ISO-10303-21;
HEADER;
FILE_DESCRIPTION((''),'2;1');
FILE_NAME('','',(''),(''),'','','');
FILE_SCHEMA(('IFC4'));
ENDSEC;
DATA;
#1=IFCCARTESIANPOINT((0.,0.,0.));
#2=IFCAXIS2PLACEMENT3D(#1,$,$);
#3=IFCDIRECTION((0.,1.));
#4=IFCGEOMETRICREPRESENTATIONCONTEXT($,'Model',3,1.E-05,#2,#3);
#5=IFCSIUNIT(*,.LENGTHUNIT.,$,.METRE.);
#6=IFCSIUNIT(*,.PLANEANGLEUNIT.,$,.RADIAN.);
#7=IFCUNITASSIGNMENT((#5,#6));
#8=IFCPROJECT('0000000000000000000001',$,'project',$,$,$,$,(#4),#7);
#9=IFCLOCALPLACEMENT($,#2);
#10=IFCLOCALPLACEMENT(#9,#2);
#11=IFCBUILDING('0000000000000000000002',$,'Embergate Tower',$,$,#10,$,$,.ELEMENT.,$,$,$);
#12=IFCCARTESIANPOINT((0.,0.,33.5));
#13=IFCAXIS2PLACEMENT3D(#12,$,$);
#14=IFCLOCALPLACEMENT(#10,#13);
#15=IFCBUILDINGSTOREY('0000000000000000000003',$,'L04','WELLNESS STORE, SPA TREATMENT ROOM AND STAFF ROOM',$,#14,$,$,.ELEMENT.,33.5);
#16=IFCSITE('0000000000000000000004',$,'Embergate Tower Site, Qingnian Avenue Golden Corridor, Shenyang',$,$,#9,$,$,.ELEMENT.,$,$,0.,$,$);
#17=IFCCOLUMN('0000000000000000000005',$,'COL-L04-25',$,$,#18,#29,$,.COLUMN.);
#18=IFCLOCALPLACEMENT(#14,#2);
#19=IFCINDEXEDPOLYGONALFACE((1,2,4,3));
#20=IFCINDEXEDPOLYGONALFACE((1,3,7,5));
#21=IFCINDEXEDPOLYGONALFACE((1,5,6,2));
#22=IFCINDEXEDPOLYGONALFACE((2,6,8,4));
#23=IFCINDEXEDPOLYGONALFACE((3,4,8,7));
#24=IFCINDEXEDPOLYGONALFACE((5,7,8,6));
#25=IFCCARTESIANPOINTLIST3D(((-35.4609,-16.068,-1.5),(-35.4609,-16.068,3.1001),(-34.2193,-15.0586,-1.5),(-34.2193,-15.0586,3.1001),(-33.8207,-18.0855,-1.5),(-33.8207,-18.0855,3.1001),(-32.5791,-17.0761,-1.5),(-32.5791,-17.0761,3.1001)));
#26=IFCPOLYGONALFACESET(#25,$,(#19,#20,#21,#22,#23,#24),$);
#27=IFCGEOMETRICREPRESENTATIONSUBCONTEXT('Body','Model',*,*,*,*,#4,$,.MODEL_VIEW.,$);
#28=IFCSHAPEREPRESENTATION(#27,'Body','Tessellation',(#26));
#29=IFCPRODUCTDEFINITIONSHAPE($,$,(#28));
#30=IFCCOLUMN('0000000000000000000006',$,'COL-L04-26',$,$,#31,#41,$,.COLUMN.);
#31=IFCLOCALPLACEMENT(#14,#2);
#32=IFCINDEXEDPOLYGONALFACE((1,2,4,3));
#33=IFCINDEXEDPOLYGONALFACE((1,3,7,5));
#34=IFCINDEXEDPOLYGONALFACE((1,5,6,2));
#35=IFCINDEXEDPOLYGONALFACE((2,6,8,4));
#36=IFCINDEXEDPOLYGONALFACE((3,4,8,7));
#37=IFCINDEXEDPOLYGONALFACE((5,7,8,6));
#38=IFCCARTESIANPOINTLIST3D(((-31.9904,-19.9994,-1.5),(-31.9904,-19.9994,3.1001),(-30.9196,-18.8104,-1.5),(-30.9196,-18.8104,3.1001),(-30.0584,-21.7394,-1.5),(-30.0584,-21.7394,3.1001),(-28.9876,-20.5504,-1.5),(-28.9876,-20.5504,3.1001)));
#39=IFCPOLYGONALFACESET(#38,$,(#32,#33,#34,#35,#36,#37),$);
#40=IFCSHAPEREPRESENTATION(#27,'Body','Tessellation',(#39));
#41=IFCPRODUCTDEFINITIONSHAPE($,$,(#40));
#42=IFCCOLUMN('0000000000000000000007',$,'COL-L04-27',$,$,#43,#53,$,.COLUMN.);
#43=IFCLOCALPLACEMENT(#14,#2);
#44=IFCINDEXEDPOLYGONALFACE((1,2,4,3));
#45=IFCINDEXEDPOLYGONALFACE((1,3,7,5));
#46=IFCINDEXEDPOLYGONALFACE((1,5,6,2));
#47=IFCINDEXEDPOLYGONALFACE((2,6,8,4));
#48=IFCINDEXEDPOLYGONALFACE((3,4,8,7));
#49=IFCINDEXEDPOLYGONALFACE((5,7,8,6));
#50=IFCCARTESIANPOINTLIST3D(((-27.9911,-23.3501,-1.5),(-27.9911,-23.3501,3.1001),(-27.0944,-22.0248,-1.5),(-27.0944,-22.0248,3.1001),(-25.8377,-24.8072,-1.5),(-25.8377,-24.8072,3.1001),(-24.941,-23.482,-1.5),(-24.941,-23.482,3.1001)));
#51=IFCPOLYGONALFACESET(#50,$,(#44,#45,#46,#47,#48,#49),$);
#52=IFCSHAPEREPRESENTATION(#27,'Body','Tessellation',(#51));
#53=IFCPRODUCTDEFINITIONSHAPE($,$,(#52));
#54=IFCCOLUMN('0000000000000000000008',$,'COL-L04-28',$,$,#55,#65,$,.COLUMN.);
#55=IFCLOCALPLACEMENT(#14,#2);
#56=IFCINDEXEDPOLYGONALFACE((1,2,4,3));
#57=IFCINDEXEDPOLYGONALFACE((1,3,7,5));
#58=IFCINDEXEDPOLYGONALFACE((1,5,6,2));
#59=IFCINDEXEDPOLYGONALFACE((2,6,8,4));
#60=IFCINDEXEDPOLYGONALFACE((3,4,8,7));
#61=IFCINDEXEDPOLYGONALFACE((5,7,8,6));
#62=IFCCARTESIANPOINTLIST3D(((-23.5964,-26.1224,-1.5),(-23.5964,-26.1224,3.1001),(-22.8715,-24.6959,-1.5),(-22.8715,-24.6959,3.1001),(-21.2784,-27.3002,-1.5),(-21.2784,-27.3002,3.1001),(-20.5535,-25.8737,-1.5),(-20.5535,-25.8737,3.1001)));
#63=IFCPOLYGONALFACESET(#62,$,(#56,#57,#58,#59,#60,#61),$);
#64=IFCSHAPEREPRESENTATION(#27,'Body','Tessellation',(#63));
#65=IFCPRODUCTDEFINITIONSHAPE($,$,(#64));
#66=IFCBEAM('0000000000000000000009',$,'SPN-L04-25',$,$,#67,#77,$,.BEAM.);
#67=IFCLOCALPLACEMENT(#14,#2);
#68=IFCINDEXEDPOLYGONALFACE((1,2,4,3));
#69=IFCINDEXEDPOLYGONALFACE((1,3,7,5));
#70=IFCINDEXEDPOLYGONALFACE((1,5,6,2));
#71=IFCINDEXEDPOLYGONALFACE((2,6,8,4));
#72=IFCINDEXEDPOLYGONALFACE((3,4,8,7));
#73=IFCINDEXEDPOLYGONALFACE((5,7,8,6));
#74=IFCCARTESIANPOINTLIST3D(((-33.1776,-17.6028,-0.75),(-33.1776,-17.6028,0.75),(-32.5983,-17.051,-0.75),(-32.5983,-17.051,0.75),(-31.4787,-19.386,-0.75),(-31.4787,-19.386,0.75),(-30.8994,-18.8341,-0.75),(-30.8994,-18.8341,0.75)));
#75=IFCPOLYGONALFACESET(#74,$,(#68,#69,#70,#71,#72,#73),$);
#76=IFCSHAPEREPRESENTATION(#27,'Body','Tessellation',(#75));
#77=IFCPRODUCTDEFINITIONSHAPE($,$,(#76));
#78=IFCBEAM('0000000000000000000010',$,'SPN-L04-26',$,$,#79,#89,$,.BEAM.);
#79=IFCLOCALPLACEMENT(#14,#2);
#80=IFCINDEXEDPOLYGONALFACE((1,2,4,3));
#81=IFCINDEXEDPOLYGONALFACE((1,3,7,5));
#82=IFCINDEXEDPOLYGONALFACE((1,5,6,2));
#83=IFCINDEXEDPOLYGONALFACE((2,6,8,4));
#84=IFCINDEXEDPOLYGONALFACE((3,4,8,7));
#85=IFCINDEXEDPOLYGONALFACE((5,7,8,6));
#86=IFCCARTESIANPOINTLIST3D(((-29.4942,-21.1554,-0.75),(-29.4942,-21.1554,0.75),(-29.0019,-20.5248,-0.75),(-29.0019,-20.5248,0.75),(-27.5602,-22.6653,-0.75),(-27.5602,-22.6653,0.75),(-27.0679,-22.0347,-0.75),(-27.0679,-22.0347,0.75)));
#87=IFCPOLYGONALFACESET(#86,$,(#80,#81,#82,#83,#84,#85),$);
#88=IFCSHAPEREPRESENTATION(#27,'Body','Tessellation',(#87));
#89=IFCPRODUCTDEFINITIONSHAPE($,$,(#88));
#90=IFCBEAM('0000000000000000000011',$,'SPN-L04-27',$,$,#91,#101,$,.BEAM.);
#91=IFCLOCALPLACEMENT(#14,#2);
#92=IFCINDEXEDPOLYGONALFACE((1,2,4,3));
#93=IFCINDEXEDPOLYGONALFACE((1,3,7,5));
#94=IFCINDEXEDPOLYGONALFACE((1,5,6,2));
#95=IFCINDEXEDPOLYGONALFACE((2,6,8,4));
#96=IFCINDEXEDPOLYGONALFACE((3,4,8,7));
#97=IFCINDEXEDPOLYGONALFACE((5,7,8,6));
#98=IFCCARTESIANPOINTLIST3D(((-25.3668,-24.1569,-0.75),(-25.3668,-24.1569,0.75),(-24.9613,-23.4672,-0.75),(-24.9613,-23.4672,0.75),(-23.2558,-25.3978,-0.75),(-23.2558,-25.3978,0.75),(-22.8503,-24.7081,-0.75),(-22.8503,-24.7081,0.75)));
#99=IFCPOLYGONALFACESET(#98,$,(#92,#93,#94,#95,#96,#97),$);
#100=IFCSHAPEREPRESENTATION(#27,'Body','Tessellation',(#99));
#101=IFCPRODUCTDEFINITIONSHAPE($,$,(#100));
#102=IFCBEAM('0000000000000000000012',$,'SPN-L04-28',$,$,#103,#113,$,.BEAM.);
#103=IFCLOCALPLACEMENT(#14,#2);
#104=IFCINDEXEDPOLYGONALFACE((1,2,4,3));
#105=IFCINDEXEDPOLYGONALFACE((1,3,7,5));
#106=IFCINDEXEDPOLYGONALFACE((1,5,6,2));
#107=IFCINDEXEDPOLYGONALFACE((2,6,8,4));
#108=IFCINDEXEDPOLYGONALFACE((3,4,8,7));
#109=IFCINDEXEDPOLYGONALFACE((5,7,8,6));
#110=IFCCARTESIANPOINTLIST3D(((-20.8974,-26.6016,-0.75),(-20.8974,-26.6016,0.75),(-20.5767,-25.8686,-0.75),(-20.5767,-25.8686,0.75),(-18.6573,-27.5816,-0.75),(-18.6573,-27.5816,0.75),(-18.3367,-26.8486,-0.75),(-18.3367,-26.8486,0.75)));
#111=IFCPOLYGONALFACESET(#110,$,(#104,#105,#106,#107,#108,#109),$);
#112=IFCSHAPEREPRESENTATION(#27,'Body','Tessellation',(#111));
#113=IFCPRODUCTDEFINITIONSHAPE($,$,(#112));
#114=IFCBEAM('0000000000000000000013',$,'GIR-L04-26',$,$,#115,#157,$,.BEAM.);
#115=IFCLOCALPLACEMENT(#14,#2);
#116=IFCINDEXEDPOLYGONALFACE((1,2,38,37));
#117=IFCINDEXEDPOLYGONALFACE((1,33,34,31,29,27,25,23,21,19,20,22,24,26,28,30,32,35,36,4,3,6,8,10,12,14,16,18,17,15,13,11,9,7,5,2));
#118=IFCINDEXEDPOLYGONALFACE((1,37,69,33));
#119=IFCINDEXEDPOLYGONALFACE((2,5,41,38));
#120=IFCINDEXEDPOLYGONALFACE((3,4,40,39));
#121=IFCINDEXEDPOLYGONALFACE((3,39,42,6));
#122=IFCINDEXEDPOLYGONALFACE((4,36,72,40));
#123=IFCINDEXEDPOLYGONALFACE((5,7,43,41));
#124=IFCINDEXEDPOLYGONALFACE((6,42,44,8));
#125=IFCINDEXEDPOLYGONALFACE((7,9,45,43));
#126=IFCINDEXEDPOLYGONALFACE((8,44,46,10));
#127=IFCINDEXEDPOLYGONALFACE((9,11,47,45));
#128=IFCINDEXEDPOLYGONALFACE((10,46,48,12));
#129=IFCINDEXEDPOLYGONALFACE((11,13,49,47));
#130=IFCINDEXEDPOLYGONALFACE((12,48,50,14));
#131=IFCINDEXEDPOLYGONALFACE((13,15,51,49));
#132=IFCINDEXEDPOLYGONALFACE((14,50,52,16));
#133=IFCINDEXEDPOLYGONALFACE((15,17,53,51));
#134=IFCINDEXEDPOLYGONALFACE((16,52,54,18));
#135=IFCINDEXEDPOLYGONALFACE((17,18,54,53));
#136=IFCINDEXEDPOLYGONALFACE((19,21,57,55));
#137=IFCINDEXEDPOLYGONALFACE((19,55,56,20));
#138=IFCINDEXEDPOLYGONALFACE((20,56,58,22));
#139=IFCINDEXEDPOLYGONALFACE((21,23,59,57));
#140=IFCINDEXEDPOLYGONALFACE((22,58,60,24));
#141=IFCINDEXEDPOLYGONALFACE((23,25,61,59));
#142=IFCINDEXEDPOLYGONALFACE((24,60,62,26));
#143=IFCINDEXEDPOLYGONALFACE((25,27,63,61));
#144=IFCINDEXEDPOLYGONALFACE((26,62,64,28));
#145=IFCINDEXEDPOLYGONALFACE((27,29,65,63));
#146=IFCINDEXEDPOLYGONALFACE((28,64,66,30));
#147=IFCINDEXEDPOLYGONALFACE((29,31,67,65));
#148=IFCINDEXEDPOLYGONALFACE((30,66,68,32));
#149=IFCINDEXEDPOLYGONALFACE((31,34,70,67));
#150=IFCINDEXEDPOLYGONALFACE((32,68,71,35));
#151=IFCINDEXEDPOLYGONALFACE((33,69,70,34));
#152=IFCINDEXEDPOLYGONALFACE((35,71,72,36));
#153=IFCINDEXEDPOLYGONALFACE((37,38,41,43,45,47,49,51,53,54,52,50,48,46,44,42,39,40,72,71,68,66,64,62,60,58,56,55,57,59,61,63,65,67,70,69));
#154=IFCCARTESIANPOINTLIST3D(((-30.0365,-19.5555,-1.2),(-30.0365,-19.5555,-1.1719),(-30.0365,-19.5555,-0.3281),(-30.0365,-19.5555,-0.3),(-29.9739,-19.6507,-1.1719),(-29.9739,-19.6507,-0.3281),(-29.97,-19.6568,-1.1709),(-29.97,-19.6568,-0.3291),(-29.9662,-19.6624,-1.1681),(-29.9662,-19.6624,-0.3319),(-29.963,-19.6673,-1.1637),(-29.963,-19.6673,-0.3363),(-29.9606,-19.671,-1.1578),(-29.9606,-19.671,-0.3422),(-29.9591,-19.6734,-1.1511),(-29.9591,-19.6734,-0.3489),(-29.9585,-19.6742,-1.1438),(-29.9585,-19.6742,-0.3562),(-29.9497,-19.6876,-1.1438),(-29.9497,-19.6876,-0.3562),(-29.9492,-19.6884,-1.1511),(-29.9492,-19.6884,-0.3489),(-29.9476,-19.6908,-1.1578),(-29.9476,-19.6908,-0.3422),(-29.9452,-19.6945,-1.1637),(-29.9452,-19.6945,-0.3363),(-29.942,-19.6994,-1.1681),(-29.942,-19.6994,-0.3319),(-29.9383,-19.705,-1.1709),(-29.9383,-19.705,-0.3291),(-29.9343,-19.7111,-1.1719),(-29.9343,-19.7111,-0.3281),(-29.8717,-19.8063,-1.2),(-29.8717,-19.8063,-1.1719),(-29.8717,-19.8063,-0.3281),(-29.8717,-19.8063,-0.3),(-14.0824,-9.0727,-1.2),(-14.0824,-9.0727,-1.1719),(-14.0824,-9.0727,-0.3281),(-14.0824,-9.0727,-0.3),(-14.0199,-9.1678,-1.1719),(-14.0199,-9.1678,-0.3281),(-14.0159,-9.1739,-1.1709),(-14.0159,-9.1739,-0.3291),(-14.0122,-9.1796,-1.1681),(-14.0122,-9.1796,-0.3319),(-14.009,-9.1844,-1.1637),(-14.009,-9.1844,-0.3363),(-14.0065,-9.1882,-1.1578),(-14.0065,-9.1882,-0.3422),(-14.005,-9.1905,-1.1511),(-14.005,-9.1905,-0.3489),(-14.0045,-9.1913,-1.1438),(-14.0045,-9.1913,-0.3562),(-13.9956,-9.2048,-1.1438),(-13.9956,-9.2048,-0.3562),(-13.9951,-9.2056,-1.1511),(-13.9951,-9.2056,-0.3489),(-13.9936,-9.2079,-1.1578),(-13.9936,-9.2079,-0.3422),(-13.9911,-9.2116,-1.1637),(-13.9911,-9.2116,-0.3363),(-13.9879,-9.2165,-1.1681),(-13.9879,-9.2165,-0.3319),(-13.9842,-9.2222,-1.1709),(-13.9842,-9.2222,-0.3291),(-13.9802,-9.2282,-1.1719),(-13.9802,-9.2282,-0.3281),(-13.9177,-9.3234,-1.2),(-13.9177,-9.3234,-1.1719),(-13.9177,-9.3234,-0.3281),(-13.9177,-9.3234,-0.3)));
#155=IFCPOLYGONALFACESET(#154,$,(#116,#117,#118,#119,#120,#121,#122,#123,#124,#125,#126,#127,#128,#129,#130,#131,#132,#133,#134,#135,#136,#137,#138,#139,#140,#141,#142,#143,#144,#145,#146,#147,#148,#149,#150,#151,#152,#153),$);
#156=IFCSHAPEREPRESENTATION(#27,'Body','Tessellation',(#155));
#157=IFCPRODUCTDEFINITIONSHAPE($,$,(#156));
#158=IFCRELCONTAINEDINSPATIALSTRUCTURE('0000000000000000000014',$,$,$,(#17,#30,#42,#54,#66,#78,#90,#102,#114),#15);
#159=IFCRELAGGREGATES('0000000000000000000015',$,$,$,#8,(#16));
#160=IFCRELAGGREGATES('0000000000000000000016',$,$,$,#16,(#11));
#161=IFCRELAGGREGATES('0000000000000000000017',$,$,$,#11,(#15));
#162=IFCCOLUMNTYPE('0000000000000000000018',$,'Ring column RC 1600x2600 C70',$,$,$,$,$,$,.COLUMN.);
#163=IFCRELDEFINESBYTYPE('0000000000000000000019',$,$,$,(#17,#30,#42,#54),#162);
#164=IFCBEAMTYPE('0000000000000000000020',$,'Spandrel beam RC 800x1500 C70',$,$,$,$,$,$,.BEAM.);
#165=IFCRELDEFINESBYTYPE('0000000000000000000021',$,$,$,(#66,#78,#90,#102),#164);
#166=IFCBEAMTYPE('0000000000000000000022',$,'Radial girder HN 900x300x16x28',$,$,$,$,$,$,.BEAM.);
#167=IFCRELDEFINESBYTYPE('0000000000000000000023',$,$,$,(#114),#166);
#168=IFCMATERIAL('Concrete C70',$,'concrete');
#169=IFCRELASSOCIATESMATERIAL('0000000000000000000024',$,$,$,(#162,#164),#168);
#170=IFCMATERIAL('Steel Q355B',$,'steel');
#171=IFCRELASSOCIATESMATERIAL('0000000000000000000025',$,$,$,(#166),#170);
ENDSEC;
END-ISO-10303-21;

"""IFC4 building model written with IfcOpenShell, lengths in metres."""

from ifc_helpers import new_model, si_unit, direction, frame, origin, origin_2d, place, context, subcontext, project, spatial, rectangle, i_section, extrude, source, transform, mapped, material, material_profile, profile_set, type_object, element, save


model = new_model("IFC4")

# Units and contexts
model_context = context("Model", 3, precision=1e-05, world=origin(), true_north=direction((0.0, 1.0)))
body_context = subcontext(model_context, "Body", "Model", "MODEL_VIEW")
ifc_project = project(units=[si_unit("LENGTHUNIT", "METRE"), si_unit("PLANEANGLEUNIT", "RADIAN")], contexts=[model_context])

# Site, building, storey
site_placement = place(None, origin())
site = spatial("IfcSite", under=ifc_project, at=site_placement, Name="Embergate Tower Site, Qingnian Avenue Golden Corridor, Shenyang", CompositionType="ELEMENT", RefElevation=0.0)
building_placement = place(site_placement, origin())
building = spatial("IfcBuilding", under=site, at=building_placement, Name="Embergate Tower", CompositionType="ELEMENT")
storey_placement = place(building_placement, frame((0.0, 0.0, 33.5)))
storey = spatial("IfcBuildingStorey", under=building, at=storey_placement, Name="L04", Description="WELLNESS STORE, SPA TREATMENT ROOM AND STAFF ROOM", CompositionType="ELEMENT", Elevation=33.5)

# Columns
ifc_material_1 = material(Name="Concrete C70", Category="concrete")
ifc_material_profile_1 = material_profile(ifc_material_1, rectangle(XDim=1.6001, YDim=2.6001, at=origin_2d()), Name="RC 1600x2600")
ifc_profile_set_1 = profile_set([ifc_material_profile_1], Name="Concrete C70")
column_type = type_object("IfcColumnType", Name="Ring column RC 1600x2600 C70", PredefinedType="COLUMN", material=ifc_profile_set_1)
shared_shape_1 = source(origin(), body_context, "Body", "SweptSolid", [
    extrude(rectangle(XDim=1.6001, YDim=2.6001, at=origin_2d()), origin(), (0.0, 0.0, 1.0), 4.6001),
])
for number, where, z_axis, x_axis, name in (
    (1, (-34.02, -16.572, -1.5), (0.0, 0.0, 1.0), (-0.775925, -0.630825, 0.0), "COL-L04-25"),
    (2, (-30.489, -20.2749, -1.5), (0.0, 0.0, 1.0), (-0.669221, -0.743063, 0.0), "COL-L04-26"),
    (3, (-26.4661, -23.416, -1.5), (0.0, 0.0, 1.0), (-0.560408, -0.828217, 0.0), "COL-L04-27"),
    (4, (-22.075, -25.998, -1.5), (0.0, 0.0, 1.0), (-0.453011, -0.891505, 0.0), "COL-L04-28"),
):
    element("IfcColumn", number, at=place(storey_placement, frame(where, z_axis=z_axis, x_axis=x_axis)), inside=storey, type_object=column_type, Name=name, PredefinedType="COLUMN", context=body_context, shape_type="MappedRepresentation", body=[
        mapped(shared_shape_1, transform((0.0, 0.0, 0.0))),
    ])

# Beams
ifc_material_profile_2 = material_profile(ifc_material_1, rectangle(XDim=0.8, YDim=1.5, at=origin_2d()), Name="RC 800x1500")
ifc_profile_set_2 = profile_set([ifc_material_profile_2], Name="Concrete C70")
beam_type_1 = type_object("IfcBeamType", Name="Spandrel beam RC 800x1500 C70", PredefinedType="BEAM", material=ifc_profile_set_2)
shared_shape_2 = source(origin(), body_context, "Body", "SweptSolid", [
    extrude(rectangle(XDim=0.8, YDim=1.5, at=origin_2d()), origin(), (0.0, 0.0, 1.0), 2.4629),
])
beam_1_placement = place(storey_placement, frame((-32.8879, -17.3269, 0.0), z_axis=(0.689801, -0.723999, 0.0), x_axis=(0.723999, 0.689801, 0.0)))
element("IfcBeam", 5, at=beam_1_placement, inside=storey, type_object=beam_type_1, Name="SPN-L04-25", PredefinedType="BEAM", context=body_context, shape_type="MappedRepresentation", body=[
    mapped(shared_shape_2, transform((0.0, 0.0, 0.0))),
])
shared_shape_3 = source(origin(), body_context, "Body", "SweptSolid", [
    extrude(rectangle(XDim=0.8, YDim=1.5, at=origin_2d()), origin(), (0.0, 0.0, 1.0), 2.4536),
])
beam_2_placement = place(storey_placement, frame((-29.248, -20.8401, 0.0), z_axis=(0.78822, -0.615393, 0.0), x_axis=(0.615393, 0.78822, 0.0)))
element("IfcBeam", 6, at=beam_2_placement, inside=storey, type_object=beam_type_1, Name="SPN-L04-26", PredefinedType="BEAM", context=body_context, shape_type="MappedRepresentation", body=[
    mapped(shared_shape_3, transform((0.0, 0.0, 0.0))),
])
shared_shape_4 = source(origin(), body_context, "Body", "SweptSolid", [
    extrude(rectangle(XDim=0.8, YDim=1.5, at=origin_2d()), origin(), (0.0, 0.0, 1.0), 2.4487),
])
beam_3_placement = place(storey_placement, frame((-25.1641, -23.812, 0.0), z_axis=(0.862085, -0.506763, 0.0), x_axis=(0.506763, 0.862085, 0.0)))
element("IfcBeam", 7, at=beam_3_placement, inside=storey, type_object=beam_type_1, Name="SPN-L04-27", PredefinedType="BEAM", context=body_context, shape_type="MappedRepresentation", body=[
    mapped(shared_shape_4, transform((0.0, 0.0, 0.0))),
])
shared_shape_5 = source(origin(), body_context, "Body", "SweptSolid", [
    extrude(rectangle(XDim=0.8, YDim=1.5, at=origin_2d()), origin(), (0.0, 0.0, 1.0), 2.4451),
])
beam_4_placement = place(storey_placement, frame((-20.7371, -26.2351, 0.0), z_axis=(0.91616, -0.400814, 0.0), x_axis=(0.400814, 0.91616, 0.0)))
element("IfcBeam", 8, at=beam_4_placement, inside=storey, type_object=beam_type_1, Name="SPN-L04-28", PredefinedType="BEAM", context=body_context, shape_type="MappedRepresentation", body=[
    mapped(shared_shape_5, transform((0.0, 0.0, 0.0))),
])
ifc_material_2 = material(Name="Steel Q355B", Category="steel")
ifc_material_profile_3 = material_profile(ifc_material_2, i_section(OverallWidth=0.3, OverallDepth=0.8999, WebThickness=0.0161, FlangeThickness=0.0281, FilletRadius=0.0281, at=origin_2d()), Name="HN 900x300x16x28")
ifc_profile_set_3 = profile_set([ifc_material_profile_3], Name="Steel Q355 grade B")
beam_type_2 = type_object("IfcBeamType", Name="Radial girder HN 900x300x16x28", PredefinedType="BEAM", material=ifc_profile_set_3)
shared_shape_6 = source(origin(), body_context, "Body", "SweptSolid", [
    extrude(i_section(OverallWidth=0.3, OverallDepth=0.8999, WebThickness=0.0161, FlangeThickness=0.0281, FilletRadius=0.0281, at=origin_2d()), origin(), (0.0, 0.0, 1.0), 19.0898),
])
beam_5_placement = place(storey_placement, frame((-29.9541, -19.6809, -0.75), z_axis=(0.835735, 0.549133, 0.0), x_axis=(-0.549133, 0.835735, 0.0)))
element("IfcBeam", 9, at=beam_5_placement, inside=storey, type_object=beam_type_2, Name="GIR-L04-26", PredefinedType="BEAM", context=body_context, shape_type="MappedRepresentation", body=[
    mapped(shared_shape_6, transform((0.0, 0.0, 0.0))),
])

save(model, "model.ifc")
